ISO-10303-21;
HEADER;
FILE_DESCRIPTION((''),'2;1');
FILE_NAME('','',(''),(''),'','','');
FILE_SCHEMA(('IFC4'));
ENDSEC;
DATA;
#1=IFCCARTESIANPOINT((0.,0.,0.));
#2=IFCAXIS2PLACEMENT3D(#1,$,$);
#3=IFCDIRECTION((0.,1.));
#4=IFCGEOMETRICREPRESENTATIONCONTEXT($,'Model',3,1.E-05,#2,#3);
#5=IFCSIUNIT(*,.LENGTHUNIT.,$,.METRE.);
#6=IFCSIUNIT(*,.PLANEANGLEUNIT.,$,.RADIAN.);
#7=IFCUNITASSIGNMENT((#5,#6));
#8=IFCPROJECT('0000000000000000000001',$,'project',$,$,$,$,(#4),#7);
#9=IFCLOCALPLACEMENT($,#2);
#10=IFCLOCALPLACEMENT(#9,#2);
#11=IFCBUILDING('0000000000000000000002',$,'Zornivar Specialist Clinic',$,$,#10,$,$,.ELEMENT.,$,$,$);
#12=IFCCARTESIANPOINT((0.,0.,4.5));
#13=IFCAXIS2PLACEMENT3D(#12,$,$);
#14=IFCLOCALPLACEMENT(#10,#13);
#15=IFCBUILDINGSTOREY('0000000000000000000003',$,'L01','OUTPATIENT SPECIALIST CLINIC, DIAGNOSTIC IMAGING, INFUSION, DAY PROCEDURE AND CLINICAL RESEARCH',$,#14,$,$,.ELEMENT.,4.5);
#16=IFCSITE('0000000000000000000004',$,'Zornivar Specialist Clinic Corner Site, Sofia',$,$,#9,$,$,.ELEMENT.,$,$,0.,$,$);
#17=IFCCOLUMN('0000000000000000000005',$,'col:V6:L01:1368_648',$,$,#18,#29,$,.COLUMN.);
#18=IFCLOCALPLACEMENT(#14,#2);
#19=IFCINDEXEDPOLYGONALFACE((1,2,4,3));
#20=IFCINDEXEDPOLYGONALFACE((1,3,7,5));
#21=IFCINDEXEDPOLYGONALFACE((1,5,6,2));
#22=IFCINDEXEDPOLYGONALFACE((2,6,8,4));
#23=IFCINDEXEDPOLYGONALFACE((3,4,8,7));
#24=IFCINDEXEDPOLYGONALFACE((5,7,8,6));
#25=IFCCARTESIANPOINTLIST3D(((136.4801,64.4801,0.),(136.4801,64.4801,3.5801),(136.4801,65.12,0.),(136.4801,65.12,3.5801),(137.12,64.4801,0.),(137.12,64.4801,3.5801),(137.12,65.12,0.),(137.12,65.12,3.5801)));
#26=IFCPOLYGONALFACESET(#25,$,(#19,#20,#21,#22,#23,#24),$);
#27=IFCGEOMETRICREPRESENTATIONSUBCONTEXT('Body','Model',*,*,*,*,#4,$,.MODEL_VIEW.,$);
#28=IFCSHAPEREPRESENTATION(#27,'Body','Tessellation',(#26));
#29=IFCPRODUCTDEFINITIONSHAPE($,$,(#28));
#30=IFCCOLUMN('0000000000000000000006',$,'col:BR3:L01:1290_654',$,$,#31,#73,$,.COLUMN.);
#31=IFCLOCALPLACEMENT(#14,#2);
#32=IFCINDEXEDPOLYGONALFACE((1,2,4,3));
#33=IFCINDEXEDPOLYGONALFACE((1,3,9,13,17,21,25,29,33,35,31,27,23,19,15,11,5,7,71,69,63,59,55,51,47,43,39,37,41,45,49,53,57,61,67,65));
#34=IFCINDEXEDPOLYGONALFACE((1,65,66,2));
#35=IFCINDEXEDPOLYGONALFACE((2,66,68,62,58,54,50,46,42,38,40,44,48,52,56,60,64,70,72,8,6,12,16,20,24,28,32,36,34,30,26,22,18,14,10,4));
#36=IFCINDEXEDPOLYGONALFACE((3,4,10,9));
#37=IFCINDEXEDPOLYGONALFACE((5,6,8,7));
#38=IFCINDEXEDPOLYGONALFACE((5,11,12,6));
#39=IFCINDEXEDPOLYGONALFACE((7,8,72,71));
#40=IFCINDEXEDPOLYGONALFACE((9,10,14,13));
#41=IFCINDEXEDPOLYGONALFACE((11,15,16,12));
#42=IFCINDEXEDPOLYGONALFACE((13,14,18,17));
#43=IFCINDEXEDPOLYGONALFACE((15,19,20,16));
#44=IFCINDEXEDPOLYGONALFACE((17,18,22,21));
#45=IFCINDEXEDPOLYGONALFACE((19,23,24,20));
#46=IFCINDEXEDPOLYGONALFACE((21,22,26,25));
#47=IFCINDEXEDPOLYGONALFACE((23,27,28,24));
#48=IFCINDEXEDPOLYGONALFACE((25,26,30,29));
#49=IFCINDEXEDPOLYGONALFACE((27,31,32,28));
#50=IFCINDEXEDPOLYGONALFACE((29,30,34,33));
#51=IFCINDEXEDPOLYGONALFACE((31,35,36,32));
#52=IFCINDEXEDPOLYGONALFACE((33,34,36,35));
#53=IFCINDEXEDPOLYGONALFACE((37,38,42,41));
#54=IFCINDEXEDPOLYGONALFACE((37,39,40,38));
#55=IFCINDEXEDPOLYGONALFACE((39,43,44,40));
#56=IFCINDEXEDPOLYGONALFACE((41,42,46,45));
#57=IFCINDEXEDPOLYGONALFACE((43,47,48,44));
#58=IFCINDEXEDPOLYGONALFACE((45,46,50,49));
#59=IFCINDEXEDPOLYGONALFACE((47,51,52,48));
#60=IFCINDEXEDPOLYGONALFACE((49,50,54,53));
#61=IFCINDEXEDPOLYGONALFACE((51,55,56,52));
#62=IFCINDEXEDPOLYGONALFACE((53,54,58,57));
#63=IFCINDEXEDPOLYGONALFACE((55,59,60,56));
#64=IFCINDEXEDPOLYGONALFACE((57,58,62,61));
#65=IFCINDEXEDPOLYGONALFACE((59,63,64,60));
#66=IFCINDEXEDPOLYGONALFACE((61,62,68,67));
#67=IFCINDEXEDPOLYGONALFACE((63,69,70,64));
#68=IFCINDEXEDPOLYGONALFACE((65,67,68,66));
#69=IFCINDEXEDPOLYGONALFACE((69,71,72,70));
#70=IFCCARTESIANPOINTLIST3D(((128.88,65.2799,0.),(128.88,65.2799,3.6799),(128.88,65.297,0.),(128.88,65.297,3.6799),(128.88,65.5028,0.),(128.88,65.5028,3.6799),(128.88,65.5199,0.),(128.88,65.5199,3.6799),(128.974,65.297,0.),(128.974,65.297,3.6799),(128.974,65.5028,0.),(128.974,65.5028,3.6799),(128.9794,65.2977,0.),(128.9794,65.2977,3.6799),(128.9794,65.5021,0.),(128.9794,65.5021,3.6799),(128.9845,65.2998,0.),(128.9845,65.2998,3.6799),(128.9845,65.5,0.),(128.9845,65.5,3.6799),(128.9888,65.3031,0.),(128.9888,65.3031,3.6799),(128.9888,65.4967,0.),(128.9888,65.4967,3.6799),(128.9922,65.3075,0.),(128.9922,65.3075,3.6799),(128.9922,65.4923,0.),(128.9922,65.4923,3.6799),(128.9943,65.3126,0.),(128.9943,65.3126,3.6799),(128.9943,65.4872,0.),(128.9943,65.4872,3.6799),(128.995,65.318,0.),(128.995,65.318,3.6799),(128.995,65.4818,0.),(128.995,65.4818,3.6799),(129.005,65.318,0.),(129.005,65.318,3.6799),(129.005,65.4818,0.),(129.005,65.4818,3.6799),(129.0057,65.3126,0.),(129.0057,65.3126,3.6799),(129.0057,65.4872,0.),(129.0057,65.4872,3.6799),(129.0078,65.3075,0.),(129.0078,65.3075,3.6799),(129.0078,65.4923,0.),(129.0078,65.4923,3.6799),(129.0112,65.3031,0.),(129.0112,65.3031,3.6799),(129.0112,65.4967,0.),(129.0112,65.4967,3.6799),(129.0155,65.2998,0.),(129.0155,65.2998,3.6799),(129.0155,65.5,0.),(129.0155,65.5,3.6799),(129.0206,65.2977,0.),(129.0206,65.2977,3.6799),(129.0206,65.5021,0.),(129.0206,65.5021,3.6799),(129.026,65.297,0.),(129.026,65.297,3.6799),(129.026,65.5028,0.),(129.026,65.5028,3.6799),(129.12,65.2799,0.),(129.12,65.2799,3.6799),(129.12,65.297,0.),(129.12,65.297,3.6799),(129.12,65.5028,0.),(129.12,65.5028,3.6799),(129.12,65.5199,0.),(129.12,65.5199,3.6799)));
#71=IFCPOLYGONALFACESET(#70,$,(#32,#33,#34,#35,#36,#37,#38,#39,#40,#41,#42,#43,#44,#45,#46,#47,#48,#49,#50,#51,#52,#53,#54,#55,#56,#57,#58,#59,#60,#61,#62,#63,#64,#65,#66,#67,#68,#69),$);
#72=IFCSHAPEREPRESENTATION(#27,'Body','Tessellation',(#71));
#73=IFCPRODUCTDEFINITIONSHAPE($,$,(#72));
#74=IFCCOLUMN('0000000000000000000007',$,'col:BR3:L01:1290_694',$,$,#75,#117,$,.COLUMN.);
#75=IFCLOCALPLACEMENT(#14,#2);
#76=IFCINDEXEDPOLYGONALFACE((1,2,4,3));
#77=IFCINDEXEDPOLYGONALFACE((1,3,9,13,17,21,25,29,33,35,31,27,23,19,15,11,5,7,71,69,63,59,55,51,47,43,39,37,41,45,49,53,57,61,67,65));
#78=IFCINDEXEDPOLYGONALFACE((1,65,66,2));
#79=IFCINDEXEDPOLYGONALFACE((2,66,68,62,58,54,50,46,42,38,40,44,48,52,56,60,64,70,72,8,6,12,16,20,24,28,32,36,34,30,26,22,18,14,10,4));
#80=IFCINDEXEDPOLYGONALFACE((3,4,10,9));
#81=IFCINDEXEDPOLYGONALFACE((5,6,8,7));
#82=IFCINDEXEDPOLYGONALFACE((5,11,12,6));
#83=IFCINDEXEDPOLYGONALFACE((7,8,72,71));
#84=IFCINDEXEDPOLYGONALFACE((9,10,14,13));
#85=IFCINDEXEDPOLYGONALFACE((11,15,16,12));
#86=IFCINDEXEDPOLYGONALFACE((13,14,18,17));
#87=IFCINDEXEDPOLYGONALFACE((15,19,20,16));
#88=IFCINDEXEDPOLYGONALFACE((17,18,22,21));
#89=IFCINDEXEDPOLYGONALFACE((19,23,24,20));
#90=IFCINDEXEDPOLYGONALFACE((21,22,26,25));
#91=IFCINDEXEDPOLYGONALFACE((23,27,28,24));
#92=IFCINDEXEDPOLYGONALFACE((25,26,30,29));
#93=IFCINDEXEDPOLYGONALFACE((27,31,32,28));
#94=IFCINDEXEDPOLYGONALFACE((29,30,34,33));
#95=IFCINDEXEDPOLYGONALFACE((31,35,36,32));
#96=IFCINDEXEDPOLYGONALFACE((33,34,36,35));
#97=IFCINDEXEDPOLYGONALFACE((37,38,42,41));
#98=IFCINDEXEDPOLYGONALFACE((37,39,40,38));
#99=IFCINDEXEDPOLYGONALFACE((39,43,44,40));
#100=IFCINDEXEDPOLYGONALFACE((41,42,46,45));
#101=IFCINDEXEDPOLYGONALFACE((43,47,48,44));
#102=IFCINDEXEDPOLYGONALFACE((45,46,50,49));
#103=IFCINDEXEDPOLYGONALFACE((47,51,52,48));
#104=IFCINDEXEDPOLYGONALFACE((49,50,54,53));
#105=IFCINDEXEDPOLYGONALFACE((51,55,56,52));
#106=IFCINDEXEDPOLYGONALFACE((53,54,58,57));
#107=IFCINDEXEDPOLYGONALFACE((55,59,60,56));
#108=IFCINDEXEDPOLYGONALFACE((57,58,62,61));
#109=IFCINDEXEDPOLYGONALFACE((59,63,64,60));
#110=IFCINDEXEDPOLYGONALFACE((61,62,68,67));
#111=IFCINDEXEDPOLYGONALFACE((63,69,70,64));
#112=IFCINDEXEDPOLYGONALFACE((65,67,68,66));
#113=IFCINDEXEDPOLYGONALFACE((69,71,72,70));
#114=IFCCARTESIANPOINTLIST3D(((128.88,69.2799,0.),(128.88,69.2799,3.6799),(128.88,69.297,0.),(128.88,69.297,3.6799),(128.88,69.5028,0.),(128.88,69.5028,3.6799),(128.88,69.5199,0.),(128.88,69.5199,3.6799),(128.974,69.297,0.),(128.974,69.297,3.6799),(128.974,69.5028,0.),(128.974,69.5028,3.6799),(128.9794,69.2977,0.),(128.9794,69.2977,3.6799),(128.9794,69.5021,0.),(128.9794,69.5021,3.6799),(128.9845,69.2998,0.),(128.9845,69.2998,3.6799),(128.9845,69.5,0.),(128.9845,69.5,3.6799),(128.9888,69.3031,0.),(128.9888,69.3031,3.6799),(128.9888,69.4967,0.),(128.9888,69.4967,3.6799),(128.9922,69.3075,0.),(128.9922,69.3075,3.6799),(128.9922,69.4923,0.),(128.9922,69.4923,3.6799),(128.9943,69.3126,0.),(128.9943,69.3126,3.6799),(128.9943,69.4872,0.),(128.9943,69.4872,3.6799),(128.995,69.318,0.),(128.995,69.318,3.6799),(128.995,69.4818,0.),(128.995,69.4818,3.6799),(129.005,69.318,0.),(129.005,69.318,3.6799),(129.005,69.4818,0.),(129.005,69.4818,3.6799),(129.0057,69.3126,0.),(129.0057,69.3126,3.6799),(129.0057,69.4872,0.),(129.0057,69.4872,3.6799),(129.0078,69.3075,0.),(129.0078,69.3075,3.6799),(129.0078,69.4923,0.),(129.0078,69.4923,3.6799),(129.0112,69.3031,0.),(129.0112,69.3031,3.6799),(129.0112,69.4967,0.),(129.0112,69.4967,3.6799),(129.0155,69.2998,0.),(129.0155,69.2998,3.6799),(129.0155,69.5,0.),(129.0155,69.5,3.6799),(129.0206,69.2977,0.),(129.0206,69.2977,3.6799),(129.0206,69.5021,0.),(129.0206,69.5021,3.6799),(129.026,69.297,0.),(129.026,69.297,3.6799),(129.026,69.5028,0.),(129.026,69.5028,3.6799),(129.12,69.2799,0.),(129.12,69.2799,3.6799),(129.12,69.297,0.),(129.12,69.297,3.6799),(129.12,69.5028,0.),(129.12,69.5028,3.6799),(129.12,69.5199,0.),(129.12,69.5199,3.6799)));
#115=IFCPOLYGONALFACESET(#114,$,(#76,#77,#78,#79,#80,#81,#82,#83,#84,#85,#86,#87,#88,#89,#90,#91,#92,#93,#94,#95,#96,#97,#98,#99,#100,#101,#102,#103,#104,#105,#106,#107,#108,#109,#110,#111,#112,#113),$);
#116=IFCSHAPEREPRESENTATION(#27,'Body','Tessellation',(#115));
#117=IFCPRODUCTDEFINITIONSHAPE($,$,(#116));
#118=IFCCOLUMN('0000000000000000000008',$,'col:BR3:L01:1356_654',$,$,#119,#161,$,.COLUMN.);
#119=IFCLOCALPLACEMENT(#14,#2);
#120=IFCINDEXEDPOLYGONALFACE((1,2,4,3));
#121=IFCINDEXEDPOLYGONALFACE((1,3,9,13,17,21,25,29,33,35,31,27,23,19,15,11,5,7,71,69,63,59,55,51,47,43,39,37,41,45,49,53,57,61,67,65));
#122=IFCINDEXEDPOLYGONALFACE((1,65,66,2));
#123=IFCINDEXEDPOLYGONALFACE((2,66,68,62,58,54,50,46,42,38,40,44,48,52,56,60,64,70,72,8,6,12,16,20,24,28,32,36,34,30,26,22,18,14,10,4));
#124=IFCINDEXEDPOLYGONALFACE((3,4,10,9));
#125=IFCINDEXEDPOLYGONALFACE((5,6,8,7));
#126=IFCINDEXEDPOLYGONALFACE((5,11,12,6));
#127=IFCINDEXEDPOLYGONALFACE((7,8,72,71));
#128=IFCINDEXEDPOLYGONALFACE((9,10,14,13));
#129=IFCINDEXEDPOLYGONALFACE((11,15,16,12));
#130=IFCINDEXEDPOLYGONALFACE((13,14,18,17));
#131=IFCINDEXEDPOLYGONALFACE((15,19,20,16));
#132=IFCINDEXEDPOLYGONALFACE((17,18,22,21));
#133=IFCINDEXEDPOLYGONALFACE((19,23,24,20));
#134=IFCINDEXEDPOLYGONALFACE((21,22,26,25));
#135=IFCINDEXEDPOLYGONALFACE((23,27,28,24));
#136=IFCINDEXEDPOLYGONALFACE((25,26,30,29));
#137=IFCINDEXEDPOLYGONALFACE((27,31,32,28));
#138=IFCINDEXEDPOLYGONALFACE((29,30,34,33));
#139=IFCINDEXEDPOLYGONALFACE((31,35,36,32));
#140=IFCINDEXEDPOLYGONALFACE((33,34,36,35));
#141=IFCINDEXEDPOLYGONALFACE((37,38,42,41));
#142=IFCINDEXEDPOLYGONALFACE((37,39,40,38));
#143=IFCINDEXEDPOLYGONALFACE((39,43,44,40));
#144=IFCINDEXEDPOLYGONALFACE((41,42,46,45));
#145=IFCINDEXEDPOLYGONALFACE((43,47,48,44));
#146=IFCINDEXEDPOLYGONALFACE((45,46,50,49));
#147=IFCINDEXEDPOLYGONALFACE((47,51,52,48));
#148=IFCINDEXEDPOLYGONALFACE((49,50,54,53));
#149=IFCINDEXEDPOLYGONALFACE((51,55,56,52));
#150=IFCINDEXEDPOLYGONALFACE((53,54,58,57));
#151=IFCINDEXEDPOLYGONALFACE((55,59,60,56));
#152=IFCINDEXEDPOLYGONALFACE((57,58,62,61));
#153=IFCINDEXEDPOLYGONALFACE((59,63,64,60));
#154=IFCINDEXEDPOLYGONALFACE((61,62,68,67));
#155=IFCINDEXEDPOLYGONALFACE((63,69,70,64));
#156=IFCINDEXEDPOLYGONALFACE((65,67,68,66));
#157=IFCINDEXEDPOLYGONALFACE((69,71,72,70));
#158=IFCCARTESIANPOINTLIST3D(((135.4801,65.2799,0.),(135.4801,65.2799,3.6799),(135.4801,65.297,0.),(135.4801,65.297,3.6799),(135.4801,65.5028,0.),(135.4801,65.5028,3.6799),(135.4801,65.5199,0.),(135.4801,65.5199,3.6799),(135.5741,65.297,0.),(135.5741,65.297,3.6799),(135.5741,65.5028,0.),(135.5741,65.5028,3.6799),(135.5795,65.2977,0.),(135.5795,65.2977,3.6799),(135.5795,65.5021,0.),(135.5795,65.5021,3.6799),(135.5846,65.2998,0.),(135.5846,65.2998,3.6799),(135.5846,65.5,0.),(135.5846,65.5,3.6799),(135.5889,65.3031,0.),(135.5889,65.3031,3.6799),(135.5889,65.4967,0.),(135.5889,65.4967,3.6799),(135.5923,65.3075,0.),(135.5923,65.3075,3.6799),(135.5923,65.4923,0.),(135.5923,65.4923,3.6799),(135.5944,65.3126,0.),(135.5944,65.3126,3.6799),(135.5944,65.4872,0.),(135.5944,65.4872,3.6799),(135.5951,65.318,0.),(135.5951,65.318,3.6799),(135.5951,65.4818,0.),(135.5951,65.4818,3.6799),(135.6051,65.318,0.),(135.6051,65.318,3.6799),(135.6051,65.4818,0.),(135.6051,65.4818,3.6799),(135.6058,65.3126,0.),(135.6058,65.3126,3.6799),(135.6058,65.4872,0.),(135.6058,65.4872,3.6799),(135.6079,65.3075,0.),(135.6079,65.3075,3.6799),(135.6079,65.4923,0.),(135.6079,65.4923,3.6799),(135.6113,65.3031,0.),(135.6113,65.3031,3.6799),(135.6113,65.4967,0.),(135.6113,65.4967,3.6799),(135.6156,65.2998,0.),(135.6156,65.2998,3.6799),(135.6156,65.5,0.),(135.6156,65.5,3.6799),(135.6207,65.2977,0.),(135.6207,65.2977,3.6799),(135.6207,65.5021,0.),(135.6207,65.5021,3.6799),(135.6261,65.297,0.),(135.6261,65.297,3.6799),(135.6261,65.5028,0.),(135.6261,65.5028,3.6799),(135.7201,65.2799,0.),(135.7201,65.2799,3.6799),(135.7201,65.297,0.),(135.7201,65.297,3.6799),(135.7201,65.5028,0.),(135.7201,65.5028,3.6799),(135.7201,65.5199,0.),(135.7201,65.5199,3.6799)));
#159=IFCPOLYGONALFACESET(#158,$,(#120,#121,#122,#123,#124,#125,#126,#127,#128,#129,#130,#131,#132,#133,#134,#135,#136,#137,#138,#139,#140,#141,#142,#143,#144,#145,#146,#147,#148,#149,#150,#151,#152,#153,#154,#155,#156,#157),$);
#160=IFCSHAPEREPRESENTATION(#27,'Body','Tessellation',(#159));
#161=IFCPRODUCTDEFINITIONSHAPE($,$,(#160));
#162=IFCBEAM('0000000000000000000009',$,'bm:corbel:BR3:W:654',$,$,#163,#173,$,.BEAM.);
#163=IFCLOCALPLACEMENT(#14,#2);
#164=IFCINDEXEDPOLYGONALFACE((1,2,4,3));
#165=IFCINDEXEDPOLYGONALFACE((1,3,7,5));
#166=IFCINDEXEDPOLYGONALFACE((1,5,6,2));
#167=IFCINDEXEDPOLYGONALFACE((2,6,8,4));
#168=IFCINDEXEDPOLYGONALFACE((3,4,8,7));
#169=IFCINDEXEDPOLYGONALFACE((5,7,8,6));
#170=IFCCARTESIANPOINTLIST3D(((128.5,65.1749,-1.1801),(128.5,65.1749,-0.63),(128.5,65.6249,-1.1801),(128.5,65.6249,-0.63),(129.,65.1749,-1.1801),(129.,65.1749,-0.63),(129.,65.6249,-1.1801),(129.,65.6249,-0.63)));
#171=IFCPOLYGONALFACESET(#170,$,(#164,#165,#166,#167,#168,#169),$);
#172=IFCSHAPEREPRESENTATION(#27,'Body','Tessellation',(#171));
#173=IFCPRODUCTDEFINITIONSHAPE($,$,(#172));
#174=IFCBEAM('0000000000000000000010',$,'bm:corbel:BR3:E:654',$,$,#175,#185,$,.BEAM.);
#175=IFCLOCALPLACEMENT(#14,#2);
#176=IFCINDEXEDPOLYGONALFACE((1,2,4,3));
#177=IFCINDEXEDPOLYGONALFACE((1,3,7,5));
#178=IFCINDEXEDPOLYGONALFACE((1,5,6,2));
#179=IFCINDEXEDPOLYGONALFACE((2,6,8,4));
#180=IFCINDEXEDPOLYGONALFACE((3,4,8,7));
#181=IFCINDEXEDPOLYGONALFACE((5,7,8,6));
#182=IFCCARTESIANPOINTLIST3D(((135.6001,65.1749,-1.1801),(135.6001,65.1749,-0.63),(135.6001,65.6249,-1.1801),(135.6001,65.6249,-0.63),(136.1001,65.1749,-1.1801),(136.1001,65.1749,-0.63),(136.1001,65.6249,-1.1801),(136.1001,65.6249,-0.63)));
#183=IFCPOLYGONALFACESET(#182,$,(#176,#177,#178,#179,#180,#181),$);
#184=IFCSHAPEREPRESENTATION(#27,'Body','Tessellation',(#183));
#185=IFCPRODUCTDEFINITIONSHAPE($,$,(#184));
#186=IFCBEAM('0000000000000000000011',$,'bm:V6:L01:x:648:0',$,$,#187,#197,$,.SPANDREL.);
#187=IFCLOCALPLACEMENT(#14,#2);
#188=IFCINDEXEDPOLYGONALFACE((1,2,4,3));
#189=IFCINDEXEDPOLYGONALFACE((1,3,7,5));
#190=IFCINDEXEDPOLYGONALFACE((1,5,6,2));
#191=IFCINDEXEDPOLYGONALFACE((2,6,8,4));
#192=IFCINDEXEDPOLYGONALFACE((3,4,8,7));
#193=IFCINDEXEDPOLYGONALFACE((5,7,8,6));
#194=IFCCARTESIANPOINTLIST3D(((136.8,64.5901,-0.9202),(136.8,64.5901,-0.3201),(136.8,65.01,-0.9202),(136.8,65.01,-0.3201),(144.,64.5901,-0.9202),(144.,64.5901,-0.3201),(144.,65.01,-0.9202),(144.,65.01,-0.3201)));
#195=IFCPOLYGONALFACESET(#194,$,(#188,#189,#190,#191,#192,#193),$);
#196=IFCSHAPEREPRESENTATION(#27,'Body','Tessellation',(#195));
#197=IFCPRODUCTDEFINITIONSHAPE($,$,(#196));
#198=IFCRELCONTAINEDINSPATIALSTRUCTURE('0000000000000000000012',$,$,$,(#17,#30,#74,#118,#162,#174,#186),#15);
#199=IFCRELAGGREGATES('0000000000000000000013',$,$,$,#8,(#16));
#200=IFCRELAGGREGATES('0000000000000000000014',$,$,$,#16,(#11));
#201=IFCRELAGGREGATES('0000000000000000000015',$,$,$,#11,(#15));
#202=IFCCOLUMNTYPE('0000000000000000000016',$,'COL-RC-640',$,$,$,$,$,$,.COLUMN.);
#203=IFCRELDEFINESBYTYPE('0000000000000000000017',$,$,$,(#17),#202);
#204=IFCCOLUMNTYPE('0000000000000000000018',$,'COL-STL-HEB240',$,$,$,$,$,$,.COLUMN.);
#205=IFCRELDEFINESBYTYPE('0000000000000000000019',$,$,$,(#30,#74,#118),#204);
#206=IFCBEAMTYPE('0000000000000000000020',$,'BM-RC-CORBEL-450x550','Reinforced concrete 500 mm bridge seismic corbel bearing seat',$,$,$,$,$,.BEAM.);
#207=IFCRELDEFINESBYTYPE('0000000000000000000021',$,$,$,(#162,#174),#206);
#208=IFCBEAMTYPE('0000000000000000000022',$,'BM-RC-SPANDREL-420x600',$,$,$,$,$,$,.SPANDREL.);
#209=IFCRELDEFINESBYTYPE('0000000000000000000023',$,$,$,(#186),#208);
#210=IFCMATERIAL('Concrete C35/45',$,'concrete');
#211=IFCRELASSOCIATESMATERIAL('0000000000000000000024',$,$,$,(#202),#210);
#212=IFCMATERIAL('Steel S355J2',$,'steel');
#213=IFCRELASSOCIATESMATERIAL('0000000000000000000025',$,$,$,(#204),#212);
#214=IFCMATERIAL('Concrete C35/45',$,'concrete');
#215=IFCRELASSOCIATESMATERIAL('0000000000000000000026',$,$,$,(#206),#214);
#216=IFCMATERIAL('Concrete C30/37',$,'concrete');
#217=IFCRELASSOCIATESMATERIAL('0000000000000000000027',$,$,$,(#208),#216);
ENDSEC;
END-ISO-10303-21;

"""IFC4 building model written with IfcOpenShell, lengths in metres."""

from ifc_helpers import new_model, si_unit, direction, frame, origin, origin_2d, place, context, subcontext, project, spatial, rectangle, i_section, extrude, material, material_profile, profile_set, type_object, element, save


model = new_model("IFC4")

# Units and contexts
model_context = context("Model", 3, precision=1e-05, world=origin(), true_north=direction((0.0, 1.0)))
body_context = subcontext(model_context, "Body", "Model", "MODEL_VIEW")
ifc_project = project(units=[si_unit("LENGTHUNIT", "METRE"), si_unit("PLANEANGLEUNIT", "RADIAN")], contexts=[model_context])

# Site, building, storey
site_placement = place(None, origin())
site = spatial("IfcSite", under=ifc_project, at=site_placement, Name="Zornivar Specialist Clinic Corner Site, Sofia", CompositionType="ELEMENT", RefElevation=0.0)
building_placement = place(site_placement, origin())
building = spatial("IfcBuilding", under=site, at=building_placement, Name="Zornivar Specialist Clinic", CompositionType="ELEMENT")
storey_placement = place(building_placement, frame((0.0, 0.0, 4.5)))
storey = spatial("IfcBuildingStorey", under=building, at=storey_placement, Name="L01", Description="OUTPATIENT SPECIALIST CLINIC, DIAGNOSTIC IMAGING, INFUSION, DAY PROCEDURE AND CLINICAL RESEARCH", CompositionType="ELEMENT", Elevation=4.5)

# Columns
ifc_material_1 = material(Name="Concrete C35/45", Category="concrete")
ifc_material_profile_1 = material_profile(ifc_material_1, rectangle(XDim=0.6399, YDim=0.6399, at=origin_2d()), Name="RC 640x640")
ifc_profile_set_1 = profile_set([ifc_material_profile_1], Name="Concrete C35/45")
column_type_1 = type_object("IfcColumnType", Name="COL-RC-640", PredefinedType="COLUMN", material=ifc_profile_set_1)
column_placement = place(storey_placement, frame((136.8, 64.8, 0.0), z_axis=(0.0, 0.0, 1.0), x_axis=(1.0, 0.0, 0.0)))
element("IfcColumn", 1, at=column_placement, inside=storey, type_object=column_type_1, Name="col:V6:L01:1368_648", PredefinedType="COLUMN", context=body_context, shape_type="SweptSolid", body=[
    extrude(rectangle(XDim=0.6399, YDim=0.6399, at=origin_2d()), origin(), (0.0, 0.0, 1.0), 3.5801),
])
ifc_material_2 = material(Name="Steel S355J2", Category="steel")
ifc_material_profile_2 = material_profile(ifc_material_2, i_section(OverallWidth=0.24, OverallDepth=0.24, WebThickness=0.01, FlangeThickness=0.0171, FilletRadius=0.021, at=origin_2d()), Name="HEB 240")
ifc_profile_set_2 = profile_set([ifc_material_profile_2], Name="Steel S355J2")
column_type_2 = type_object("IfcColumnType", Name="COL-STL-HEB240", PredefinedType="COLUMN", material=ifc_profile_set_2)
for number, where, z_axis, x_axis, name in (
    (2, (129.0, 65.3999, 0.0), (0.0, 0.0, 1.0), (1.0, 0.0, 0.0), "col:BR3:L01:1290_654"),
    (3, (129.0, 69.3999, 0.0), (0.0, 0.0, 1.0), (1.0, 0.0, 0.0), "col:BR3:L01:1290_694"),
    (4, (135.6001, 65.3999, 0.0), (0.0, 0.0, 1.0), (1.0, 0.0, 0.0), "col:BR3:L01:1356_654"),
):
    element("IfcColumn", number, at=place(storey_placement, frame(where, z_axis=z_axis, x_axis=x_axis)), inside=storey, type_object=column_type_2, Name=name, PredefinedType="COLUMN", context=body_context, shape_type="SweptSolid", body=[
        extrude(i_section(OverallWidth=0.24, OverallDepth=0.24, WebThickness=0.01, FlangeThickness=0.0171, FilletRadius=0.021, at=origin_2d()), origin(), (0.0, 0.0, 1.0), 3.6799),
    ])

# Beams
ifc_material_3 = material(Name="Concrete C35/45", Category="concrete")
ifc_material_profile_3 = material_profile(ifc_material_3, rectangle(XDim=0.45, YDim=0.55, at=origin_2d()), Name="RC 450x550")
ifc_profile_set_3 = profile_set([ifc_material_profile_3], Name="Concrete C35/45")
beam_type_1 = type_object("IfcBeamType", Name="BM-RC-CORBEL-450x550", Description="Reinforced concrete 500 mm bridge seismic corbel bearing seat", PredefinedType="BEAM", material=ifc_profile_set_3)
for number, where, z_axis, x_axis, name in (
    (5, (129.0, 65.3999, -0.905), (-1.0, 0.0, 0.0), (0.0, -1.0, 0.0), "bm:corbel:BR3:W:654"),
    (6, (135.6001, 65.3999, -0.905), (1.0, 0.0, 0.0), (0.0, 1.0, 0.0), "bm:corbel:BR3:E:654"),
):
    element("IfcBeam", number, at=place(storey_placement, frame(where, z_axis=z_axis, x_axis=x_axis)), inside=storey, type_object=beam_type_1, Name=name, PredefinedType="BEAM", context=body_context, shape_type="SweptSolid", body=[
        extrude(rectangle(XDim=0.45, YDim=0.55, at=origin_2d()), origin(), (0.0, 0.0, 1.0), 0.5),
    ])
ifc_material_4 = material(Name="Concrete C30/37", Category="concrete")
ifc_material_profile_4 = material_profile(ifc_material_4, rectangle(XDim=0.4199, YDim=0.6001, at=origin_2d()), Name="RC 420x600")
ifc_profile_set_4 = profile_set([ifc_material_profile_4], Name="Concrete C30/37")
beam_type_2 = type_object("IfcBeamType", Name="BM-RC-SPANDREL-420x600", PredefinedType="SPANDREL", material=ifc_profile_set_4)
for number, where, z_axis, x_axis, name in (
    (7, (136.8, 64.8, -0.6201), (1.0, 0.0, 0.0), (0.0, 1.0, 0.0), "bm:V6:L01:x:648:0"),
):
    element("IfcBeam", number, at=place(storey_placement, frame(where, z_axis=z_axis, x_axis=x_axis)), inside=storey, type_object=beam_type_2, Name=name, PredefinedType="SPANDREL", context=body_context, shape_type="SweptSolid", body=[
        extrude(rectangle(XDim=0.4199, YDim=0.6001, at=origin_2d()), origin(), (0.0, 0.0, 1.0), 7.2),
    ])

save(model, "model.ifc")
